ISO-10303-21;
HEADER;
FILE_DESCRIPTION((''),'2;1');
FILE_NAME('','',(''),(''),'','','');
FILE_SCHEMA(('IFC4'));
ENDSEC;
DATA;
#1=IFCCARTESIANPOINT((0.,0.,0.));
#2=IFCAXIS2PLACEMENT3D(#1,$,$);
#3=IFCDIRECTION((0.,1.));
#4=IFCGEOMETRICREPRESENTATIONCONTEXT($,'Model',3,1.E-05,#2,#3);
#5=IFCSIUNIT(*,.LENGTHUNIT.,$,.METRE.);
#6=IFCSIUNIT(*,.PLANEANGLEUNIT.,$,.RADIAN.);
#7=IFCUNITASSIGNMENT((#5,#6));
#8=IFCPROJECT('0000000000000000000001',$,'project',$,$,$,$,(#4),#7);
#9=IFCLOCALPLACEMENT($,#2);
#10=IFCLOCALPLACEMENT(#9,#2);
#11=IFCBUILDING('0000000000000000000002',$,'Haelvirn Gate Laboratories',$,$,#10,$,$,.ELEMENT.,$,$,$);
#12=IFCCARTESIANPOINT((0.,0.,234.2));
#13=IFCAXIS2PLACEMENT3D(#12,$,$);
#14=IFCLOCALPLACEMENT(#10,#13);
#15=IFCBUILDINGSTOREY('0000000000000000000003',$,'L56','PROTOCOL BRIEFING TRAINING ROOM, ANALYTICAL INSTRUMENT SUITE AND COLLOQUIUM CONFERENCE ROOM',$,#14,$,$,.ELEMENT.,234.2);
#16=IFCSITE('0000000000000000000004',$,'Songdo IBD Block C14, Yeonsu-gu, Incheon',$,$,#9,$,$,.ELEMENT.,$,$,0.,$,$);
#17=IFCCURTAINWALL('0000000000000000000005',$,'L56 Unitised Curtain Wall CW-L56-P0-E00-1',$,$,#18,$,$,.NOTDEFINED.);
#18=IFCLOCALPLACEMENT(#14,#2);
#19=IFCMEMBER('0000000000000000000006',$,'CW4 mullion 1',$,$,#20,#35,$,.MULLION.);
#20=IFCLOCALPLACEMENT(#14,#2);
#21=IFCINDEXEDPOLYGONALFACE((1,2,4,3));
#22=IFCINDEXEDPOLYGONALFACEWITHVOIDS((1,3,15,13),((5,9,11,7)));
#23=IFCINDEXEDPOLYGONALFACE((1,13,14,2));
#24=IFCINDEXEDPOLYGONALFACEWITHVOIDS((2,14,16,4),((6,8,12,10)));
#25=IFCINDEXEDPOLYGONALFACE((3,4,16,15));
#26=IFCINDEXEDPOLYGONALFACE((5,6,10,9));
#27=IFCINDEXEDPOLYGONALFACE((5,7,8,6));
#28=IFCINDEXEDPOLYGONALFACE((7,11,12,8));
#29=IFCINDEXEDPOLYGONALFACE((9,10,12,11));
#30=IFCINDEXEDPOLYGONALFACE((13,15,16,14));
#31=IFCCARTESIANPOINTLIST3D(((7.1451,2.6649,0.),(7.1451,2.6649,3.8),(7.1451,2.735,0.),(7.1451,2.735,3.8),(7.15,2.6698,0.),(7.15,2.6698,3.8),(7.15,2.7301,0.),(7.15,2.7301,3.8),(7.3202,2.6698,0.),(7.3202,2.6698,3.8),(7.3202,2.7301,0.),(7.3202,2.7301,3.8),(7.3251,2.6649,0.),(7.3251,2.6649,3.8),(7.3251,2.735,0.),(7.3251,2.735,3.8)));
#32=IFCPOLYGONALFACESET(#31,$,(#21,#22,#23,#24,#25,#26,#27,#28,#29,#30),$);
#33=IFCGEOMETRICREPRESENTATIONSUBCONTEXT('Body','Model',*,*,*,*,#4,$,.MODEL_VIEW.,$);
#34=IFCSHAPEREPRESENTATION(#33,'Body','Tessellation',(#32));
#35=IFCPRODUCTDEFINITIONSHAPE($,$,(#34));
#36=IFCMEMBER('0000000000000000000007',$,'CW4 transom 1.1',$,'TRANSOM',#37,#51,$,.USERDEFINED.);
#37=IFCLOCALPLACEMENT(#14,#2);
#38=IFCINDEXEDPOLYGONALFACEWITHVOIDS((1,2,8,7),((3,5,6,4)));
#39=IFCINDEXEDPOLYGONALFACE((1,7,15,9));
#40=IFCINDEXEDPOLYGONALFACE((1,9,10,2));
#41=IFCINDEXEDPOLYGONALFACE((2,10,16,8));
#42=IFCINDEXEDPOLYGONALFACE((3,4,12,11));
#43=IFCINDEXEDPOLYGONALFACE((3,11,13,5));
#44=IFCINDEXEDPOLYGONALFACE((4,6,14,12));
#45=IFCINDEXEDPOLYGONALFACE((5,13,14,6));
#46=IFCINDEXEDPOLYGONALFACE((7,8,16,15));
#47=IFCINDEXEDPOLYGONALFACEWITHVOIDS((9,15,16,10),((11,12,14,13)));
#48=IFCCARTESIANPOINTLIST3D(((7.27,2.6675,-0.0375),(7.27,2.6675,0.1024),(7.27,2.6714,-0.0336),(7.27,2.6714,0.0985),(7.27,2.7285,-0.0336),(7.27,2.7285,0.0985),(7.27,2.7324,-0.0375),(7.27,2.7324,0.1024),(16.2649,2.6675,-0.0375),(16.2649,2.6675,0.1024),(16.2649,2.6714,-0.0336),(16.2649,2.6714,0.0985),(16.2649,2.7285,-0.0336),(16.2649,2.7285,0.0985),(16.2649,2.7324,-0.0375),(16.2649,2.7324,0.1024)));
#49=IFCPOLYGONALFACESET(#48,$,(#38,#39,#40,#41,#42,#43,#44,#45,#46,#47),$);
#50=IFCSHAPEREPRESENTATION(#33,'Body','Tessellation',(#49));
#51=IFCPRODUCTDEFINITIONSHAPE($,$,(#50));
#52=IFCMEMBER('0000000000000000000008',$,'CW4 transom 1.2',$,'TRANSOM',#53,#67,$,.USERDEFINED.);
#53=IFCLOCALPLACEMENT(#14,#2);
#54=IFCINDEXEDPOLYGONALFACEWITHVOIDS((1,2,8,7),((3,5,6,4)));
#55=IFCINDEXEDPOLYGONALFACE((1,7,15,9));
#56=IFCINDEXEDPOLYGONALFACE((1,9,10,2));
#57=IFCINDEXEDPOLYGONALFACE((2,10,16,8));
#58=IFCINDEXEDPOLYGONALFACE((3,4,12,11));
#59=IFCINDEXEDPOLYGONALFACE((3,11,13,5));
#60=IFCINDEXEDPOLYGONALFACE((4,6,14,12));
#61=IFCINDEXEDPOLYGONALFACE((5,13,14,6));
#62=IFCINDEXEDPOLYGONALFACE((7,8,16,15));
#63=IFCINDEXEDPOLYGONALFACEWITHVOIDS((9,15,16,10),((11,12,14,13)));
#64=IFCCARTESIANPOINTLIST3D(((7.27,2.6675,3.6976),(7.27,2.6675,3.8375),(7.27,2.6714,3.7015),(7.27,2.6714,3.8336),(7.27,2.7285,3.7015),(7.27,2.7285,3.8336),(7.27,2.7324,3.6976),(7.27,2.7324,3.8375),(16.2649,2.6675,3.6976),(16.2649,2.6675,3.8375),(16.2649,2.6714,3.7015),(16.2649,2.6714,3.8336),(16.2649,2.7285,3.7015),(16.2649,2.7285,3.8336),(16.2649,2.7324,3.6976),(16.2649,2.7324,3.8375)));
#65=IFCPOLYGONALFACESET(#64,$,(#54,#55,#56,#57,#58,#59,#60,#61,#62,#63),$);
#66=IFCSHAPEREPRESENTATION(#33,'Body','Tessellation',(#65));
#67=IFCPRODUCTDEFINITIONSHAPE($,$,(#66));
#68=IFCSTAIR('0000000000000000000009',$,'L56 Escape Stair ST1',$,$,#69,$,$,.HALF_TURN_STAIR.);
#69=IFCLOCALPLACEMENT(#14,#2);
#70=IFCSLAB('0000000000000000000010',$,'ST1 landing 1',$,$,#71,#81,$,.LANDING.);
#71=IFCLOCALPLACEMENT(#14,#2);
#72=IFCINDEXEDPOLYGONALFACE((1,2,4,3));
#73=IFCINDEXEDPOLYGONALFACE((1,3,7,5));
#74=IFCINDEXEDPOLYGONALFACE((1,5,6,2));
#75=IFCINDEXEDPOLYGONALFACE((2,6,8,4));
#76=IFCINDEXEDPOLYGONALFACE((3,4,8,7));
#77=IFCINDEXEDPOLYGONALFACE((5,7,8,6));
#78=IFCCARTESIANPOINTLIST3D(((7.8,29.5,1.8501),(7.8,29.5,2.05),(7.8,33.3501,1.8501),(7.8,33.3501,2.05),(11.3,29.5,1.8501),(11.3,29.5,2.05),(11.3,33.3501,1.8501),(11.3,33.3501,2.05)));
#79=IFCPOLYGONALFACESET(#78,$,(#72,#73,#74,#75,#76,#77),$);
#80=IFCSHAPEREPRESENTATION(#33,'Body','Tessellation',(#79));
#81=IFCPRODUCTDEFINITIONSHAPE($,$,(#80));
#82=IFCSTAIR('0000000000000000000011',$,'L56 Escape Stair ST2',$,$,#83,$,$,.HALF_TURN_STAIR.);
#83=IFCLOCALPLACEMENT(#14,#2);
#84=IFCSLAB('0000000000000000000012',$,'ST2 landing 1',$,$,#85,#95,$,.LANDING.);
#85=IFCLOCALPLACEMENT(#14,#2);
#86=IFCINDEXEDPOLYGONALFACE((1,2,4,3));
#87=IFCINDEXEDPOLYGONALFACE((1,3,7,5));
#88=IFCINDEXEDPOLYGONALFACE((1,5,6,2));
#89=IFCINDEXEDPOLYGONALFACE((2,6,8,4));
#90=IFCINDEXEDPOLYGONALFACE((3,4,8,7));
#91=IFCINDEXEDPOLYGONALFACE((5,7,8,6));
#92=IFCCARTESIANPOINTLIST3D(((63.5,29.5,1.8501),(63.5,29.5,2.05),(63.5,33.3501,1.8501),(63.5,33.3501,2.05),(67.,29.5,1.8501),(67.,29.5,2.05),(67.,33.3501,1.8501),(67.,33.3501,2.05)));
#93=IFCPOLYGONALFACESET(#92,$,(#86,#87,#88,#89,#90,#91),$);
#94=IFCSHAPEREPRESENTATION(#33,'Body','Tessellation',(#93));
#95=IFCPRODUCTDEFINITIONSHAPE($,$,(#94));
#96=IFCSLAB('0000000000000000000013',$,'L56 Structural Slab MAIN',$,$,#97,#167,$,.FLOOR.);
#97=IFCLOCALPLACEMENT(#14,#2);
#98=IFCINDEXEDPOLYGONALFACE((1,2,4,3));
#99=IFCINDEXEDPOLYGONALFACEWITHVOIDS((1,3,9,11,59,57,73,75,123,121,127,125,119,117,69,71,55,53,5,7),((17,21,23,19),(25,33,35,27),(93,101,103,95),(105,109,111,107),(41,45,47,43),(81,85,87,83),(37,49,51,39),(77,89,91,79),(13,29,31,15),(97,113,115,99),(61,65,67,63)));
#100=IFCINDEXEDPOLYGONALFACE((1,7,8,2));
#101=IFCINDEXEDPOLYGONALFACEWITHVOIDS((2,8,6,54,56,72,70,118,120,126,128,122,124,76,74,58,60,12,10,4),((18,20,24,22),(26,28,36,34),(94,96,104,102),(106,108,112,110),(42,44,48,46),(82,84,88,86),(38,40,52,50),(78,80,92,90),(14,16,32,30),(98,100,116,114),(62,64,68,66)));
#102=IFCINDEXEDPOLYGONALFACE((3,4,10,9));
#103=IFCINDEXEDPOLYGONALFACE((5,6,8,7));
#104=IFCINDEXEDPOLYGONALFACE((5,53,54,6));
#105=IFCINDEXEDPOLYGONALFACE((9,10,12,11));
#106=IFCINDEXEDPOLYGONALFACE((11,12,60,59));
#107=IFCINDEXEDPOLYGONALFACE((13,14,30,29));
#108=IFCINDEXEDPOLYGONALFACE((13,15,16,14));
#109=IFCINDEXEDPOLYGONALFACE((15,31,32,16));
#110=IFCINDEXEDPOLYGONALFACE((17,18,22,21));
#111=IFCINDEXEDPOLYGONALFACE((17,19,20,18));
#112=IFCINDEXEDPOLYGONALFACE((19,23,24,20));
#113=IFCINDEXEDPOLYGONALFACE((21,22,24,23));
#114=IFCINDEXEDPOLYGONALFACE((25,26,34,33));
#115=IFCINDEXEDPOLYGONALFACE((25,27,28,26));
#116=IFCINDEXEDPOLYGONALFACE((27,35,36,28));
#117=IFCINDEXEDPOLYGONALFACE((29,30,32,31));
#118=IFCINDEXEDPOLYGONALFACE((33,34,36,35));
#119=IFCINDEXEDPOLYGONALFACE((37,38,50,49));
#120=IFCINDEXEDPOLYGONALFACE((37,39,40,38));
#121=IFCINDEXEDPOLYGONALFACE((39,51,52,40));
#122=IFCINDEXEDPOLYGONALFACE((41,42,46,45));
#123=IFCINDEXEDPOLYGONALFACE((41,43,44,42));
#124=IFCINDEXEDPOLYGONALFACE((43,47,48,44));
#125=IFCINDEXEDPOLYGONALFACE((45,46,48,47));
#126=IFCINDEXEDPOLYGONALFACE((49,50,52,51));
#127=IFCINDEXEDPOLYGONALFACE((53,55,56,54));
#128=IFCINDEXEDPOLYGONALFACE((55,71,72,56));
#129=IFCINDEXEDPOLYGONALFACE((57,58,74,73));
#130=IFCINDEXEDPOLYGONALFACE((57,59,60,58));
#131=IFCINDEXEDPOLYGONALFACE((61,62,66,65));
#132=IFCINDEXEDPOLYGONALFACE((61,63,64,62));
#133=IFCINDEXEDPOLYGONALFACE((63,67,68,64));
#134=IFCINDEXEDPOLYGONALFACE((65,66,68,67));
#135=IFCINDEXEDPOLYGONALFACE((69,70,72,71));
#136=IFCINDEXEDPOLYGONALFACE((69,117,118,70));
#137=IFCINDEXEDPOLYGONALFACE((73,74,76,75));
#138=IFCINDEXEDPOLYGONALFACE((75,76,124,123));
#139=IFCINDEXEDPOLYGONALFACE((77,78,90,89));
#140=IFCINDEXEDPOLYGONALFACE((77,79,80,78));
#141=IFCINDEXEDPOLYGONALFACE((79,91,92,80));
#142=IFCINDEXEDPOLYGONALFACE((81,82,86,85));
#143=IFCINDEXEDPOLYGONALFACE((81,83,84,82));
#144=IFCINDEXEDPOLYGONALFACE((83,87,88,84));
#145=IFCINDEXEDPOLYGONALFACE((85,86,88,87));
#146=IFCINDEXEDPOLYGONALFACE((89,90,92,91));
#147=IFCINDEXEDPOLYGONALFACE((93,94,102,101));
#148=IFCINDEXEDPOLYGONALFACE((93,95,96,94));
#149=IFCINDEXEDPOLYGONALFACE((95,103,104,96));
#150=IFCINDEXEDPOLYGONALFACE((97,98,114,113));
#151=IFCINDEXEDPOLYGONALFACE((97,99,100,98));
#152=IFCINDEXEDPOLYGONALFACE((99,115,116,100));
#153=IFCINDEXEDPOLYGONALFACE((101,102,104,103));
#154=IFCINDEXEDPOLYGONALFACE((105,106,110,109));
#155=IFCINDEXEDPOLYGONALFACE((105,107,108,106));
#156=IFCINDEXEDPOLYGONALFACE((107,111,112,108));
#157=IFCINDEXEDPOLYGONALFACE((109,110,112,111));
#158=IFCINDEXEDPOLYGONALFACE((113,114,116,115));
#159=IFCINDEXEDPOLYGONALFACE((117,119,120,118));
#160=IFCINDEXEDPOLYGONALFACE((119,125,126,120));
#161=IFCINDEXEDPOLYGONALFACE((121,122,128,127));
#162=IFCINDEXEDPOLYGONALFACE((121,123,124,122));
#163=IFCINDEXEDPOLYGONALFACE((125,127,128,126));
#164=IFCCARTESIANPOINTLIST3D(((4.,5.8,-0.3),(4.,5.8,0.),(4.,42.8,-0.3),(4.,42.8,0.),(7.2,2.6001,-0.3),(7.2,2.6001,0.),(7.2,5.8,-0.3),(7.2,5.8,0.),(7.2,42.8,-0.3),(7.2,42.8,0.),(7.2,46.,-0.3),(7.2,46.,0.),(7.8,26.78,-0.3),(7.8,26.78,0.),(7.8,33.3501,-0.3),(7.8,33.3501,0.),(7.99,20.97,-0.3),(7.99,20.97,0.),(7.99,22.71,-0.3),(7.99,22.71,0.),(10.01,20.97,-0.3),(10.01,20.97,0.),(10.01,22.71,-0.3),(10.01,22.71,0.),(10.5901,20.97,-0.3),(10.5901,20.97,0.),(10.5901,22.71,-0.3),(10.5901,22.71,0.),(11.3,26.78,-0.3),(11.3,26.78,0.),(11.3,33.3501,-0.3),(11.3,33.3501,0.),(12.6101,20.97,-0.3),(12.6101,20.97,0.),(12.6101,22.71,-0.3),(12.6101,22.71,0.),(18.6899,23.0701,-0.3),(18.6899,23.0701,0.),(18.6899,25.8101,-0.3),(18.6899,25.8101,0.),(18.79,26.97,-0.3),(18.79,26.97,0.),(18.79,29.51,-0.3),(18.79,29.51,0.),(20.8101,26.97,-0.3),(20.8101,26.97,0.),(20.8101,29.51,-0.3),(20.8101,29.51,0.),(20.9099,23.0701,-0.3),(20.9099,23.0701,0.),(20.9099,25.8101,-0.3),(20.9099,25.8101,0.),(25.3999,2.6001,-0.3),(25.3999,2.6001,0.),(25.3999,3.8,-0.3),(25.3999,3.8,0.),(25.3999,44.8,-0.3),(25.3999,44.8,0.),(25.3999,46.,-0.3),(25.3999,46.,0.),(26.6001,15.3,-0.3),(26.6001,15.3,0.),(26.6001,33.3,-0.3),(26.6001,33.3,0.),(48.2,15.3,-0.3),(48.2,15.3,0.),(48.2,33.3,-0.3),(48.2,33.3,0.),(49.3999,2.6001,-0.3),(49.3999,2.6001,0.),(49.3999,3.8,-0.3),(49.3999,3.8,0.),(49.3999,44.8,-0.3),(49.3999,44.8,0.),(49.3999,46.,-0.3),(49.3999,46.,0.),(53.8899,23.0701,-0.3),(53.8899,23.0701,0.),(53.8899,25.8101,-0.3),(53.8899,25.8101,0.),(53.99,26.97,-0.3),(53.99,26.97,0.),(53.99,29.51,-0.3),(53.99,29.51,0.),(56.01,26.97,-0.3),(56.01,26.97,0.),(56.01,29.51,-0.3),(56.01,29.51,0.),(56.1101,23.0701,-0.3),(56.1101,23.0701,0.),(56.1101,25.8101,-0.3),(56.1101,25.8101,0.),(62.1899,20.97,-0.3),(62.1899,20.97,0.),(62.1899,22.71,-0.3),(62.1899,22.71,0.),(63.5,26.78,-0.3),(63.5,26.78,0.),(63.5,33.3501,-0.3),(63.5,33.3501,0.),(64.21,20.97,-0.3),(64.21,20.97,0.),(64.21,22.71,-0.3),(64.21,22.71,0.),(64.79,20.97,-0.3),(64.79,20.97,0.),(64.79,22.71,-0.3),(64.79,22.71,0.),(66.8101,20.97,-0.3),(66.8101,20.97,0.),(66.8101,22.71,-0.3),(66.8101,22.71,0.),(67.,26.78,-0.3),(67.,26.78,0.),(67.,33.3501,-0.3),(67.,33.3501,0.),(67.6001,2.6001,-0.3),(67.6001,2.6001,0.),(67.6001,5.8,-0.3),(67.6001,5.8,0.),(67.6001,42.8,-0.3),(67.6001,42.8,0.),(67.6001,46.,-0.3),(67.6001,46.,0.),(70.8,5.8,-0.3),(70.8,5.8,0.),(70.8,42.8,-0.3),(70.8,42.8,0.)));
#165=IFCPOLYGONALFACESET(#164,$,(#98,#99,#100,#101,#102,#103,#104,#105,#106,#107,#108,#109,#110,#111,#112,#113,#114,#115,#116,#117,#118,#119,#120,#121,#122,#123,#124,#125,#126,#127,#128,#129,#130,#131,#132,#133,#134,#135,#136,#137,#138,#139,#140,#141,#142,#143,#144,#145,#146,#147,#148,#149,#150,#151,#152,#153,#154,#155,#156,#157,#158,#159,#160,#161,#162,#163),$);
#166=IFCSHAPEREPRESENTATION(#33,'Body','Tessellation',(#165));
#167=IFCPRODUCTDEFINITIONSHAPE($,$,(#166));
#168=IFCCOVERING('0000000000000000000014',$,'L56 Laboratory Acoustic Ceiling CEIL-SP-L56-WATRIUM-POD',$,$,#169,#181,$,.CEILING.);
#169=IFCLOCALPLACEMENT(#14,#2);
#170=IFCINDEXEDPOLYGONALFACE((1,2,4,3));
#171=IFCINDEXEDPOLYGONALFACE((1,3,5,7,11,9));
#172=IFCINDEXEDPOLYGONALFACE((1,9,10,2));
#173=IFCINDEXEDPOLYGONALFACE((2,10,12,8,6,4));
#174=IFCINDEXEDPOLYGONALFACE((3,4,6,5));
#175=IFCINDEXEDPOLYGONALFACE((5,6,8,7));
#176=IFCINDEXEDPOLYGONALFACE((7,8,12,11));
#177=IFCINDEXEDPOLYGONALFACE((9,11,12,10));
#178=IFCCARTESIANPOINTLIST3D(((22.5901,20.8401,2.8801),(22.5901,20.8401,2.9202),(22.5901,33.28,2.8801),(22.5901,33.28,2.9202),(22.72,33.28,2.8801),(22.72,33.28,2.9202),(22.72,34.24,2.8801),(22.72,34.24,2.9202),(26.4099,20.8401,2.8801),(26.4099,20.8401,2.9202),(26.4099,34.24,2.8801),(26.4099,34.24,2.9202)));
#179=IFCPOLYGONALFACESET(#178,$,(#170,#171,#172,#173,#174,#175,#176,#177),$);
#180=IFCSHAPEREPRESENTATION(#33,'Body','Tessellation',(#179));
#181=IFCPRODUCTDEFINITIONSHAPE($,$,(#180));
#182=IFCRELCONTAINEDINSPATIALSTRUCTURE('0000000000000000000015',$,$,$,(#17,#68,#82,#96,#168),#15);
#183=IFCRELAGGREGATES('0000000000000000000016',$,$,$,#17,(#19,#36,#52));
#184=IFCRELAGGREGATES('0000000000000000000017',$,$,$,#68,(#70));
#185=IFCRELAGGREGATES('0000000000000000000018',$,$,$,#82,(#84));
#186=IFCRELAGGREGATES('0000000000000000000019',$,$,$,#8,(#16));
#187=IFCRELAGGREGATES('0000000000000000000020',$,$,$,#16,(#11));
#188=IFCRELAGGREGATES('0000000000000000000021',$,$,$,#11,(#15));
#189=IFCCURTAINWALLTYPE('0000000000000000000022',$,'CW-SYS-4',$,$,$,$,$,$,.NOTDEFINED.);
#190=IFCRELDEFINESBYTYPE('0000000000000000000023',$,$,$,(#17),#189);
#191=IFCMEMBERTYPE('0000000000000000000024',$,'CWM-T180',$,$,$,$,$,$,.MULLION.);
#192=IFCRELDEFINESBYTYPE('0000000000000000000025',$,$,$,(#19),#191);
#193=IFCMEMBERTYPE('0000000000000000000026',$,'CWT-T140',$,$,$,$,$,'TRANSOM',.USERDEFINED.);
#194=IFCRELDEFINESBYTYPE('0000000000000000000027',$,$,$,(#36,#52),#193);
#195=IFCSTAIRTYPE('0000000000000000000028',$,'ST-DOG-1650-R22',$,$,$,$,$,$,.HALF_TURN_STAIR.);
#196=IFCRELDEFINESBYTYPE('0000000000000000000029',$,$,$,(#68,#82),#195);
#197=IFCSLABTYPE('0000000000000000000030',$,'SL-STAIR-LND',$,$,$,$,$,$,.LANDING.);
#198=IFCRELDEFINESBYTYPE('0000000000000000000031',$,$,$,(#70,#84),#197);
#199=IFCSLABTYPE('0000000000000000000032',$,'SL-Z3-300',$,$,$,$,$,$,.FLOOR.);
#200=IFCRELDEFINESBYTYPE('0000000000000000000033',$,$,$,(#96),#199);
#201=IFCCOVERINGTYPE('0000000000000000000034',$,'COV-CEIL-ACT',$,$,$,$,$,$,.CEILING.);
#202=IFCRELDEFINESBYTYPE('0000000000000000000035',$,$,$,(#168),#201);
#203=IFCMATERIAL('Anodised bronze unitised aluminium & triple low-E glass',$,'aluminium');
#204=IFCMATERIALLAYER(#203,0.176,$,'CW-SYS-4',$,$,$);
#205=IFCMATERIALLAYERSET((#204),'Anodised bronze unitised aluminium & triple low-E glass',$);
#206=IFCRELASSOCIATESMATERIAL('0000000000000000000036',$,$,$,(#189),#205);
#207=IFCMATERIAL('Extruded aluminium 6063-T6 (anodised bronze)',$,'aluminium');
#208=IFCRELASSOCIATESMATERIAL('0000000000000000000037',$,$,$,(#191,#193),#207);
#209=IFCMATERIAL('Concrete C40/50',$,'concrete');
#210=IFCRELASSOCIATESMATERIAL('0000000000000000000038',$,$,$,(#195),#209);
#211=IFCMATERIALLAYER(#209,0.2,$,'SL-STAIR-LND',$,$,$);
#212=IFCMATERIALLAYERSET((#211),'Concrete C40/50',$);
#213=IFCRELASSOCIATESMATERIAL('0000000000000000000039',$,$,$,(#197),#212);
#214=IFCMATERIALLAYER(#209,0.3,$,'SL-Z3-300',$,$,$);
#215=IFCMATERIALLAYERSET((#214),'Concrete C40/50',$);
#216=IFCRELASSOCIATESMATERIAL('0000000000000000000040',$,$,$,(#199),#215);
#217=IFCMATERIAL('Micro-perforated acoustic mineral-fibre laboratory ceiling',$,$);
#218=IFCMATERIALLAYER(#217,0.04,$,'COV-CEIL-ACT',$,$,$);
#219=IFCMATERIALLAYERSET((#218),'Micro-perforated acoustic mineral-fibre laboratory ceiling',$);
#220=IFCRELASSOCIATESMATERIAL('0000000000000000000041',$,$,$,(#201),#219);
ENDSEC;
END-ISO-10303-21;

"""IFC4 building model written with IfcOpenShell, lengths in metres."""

from ifc_helpers import new_model, si_unit, direction, frame, origin, origin_2d, place, context, subcontext, project, spatial, polyline, hollow_rectangle, outline, extrude, source, transform, mapped, material, layer, layer_set, material_profile, profile_set, type_object, type_shapes, element, aggregate, save


model = new_model("IFC4")

# Units and contexts
model_context = context("Model", 3, precision=1e-05, world=origin(), true_north=direction((0.0, 1.0)))
body_context = subcontext(model_context, "Body", "Model", "MODEL_VIEW")
ifc_project = project(units=[si_unit("LENGTHUNIT", "METRE"), si_unit("PLANEANGLEUNIT", "RADIAN")], contexts=[model_context])

# Site, building, storey
site_placement = place(None, origin())
site = spatial("IfcSite", under=ifc_project, at=site_placement, Name="Songdo IBD Block C14, Yeonsu-gu, Incheon", CompositionType="ELEMENT", RefElevation=0.0)
building_placement = place(site_placement, origin())
building = spatial("IfcBuilding", under=site, at=building_placement, Name="Haelvirn Gate Laboratories", CompositionType="ELEMENT")
storey_placement = place(building_placement, frame((0.0, 0.0, 234.2)))
storey = spatial("IfcBuildingStorey", under=building, at=storey_placement, Name="L56", Description="PROTOCOL BRIEFING TRAINING ROOM, ANALYTICAL INSTRUMENT SUITE AND COLLOQUIUM CONFERENCE ROOM", CompositionType="ELEMENT", Elevation=234.2)

# Curtain wall, members
ifc_material_1 = material(Name="Anodised bronze unitised aluminium & triple low-E glass", Category="aluminium")
ifc_layer_1 = layer(ifc_material_1, 0.176, Name="CW-SYS-4")
ifc_layer_set_1 = layer_set([ifc_layer_1], Name="Anodised bronze unitised aluminium & triple low-E glass")
curtain_wall_type = type_object("IfcCurtainWallType", Name="CW-SYS-4", PredefinedType="NOTDEFINED", material=ifc_layer_set_1)
curtain_wall_placement = place(storey_placement, origin())
curtain_wall = element("IfcCurtainWall", 1, at=curtain_wall_placement, inside=storey, type_object=curtain_wall_type, Name="L56 Unitised Curtain Wall CW-L56-P0-E00-1", PredefinedType="NOTDEFINED")
ifc_material_2 = material(Name="Extruded aluminium 6063-T6 (anodised bronze)", Category="aluminium")
ifc_material_profile_1 = material_profile(ifc_material_2, hollow_rectangle(XDim=0.0701, YDim=0.1799, WallThickness=0.0049, at=origin_2d()), Name="CWM-180x70x5")
ifc_profile_set_1 = profile_set([ifc_material_profile_1], Name="Extruded aluminium 6063-T6 (anodised bronze)")
member_type_1 = type_object("IfcMemberType", Name="CWM-T180", PredefinedType="MULLION", material=ifc_profile_set_1)
shared_shape_1 = source(origin(), body_context, "Body", "SweptSolid", [
    extrude(hollow_rectangle(XDim=0.0701, YDim=0.1799, WallThickness=0.0049, at=origin_2d()), origin(), (0.0, 0.0, 1.0), 3.8),
])
type_shapes(member_type_1, [shared_shape_1])
member_1_placement = place(storey_placement, frame((7.2351, 2.7, 0.0), z_axis=(0.0, 0.0, 1.0), x_axis=(0.0, 1.0, 0.0)))
member_1 = element("IfcMember", 2, at=member_1_placement, type_object=member_type_1, Name="CW4 mullion 1", PredefinedType="MULLION", context=body_context, shape_type="MappedRepresentation", body=[
    mapped(shared_shape_1, transform((0.0, 0.0, 0.0), scale=1.0)),
])
ifc_material_profile_2 = material_profile(ifc_material_2, hollow_rectangle(XDim=0.0649, YDim=0.1399, WallThickness=0.0039, at=origin_2d()), Name="CWT-140x65x4")
ifc_profile_set_2 = profile_set([ifc_material_profile_2], Name="Extruded aluminium 6063-T6 (anodised bronze)")
member_type_2 = type_object("IfcMemberType", Name="CWT-T140", ElementType="TRANSOM", PredefinedType="USERDEFINED", material=ifc_profile_set_2)
shared_shape_2 = source(origin(), body_context, "Body", "SweptSolid", [
    extrude(hollow_rectangle(XDim=0.0649, YDim=0.1399, WallThickness=0.0039, at=origin_2d()), origin(), (0.0, 0.0, 1.0), 8.9949),
])
type_shapes(member_type_2, [shared_shape_2])
member_2_placement = place(storey_placement, frame((7.27, 2.7, 0.0325), z_axis=(1.0, 0.0, 0.0), x_axis=(0.0, 1.0, 0.0)))
member_2 = element("IfcMember", 3, at=member_2_placement, type_object=member_type_2, Name="CW4 transom 1.1", ObjectType="TRANSOM", PredefinedType="USERDEFINED", context=body_context, shape_type="MappedRepresentation", body=[
    mapped(shared_shape_2, transform((0.0, 0.0, 0.0), scale=1.0)),
])
member_3_placement = place(storey_placement, frame((7.27, 2.7, 3.7676), z_axis=(1.0, 0.0, 0.0), x_axis=(0.0, 1.0, 0.0)))
member_3 = element("IfcMember", 4, at=member_3_placement, type_object=member_type_2, Name="CW4 transom 1.2", ObjectType="TRANSOM", PredefinedType="USERDEFINED", context=body_context, shape_type="MappedRepresentation", body=[
    mapped(shared_shape_2, transform((0.0, 0.0, 0.0), scale=1.0)),
])
aggregate(curtain_wall, [member_1, member_2, member_3])

# Stairs, slabs
ifc_material_3 = material(Name="Concrete C40/50", Category="concrete")
stair_type = type_object("IfcStairType", Name="ST-DOG-1650-R22", PredefinedType="HALF_TURN_STAIR", material=ifc_material_3)
stair_1_placement = place(storey_placement, origin())
stair_1 = element("IfcStair", 5, at=stair_1_placement, inside=storey, type_object=stair_type, Name="L56 Escape Stair ST1", PredefinedType="HALF_TURN_STAIR")
ifc_layer_2 = layer(ifc_material_3, 0.2, Name="SL-STAIR-LND")
ifc_layer_set_2 = layer_set([ifc_layer_2], Name="Concrete C40/50")
slab_type_1 = type_object("IfcSlabType", Name="SL-STAIR-LND", PredefinedType="LANDING", material=ifc_layer_set_2)
slab_1_placement = place(storey_placement, frame((0.0, 0.0, 1.8501)))
slab_1 = element("IfcSlab", 6, at=slab_1_placement, type_object=slab_type_1, Name="ST1 landing 1", PredefinedType="LANDING", context=body_context, shape_type="SweptSolid", body=[
    extrude(outline(polyline([(11.3, 29.5), (11.3, 33.3501), (7.8, 33.3501), (7.8, 29.5), (11.3, 29.5)])), origin(), (0.0, 0.0, 1.0), 0.2),
])
aggregate(stair_1, [slab_1])
stair_2_placement = place(storey_placement, origin())
stair_2 = element("IfcStair", 7, at=stair_2_placement, inside=storey, type_object=stair_type, Name="L56 Escape Stair ST2", PredefinedType="HALF_TURN_STAIR")
slab_2_placement = place(storey_placement, frame((0.0, 0.0, 1.8501)))
slab_2 = element("IfcSlab", 8, at=slab_2_placement, type_object=slab_type_1, Name="ST2 landing 1", PredefinedType="LANDING", context=body_context, shape_type="SweptSolid", body=[
    extrude(outline(polyline([(67.0, 29.5), (67.0, 33.3501), (63.5, 33.3501), (63.5, 29.5), (67.0, 29.5)])), origin(), (0.0, 0.0, 1.0), 0.2),
])
aggregate(stair_2, [slab_2])

# Slab
ifc_layer_3 = layer(ifc_material_3, 0.3, Name="SL-Z3-300")
ifc_layer_set_3 = layer_set([ifc_layer_3], Name="Concrete C40/50")
slab_type_2 = type_object("IfcSlabType", Name="SL-Z3-300", PredefinedType="FLOOR", material=ifc_layer_set_3)
slab_3_placement = place(storey_placement, frame((0.0, 0.0, -0.3)))
element("IfcSlab", 9, at=slab_3_placement, inside=storey, type_object=slab_type_2, Name="L56 Structural Slab MAIN", PredefinedType="FLOOR", context=body_context, shape_type="SweptSolid", body=[
    extrude(outline(polyline([(7.2, 2.6001), (25.3999, 2.6001), (25.3999, 3.8), (49.3999, 3.8), (49.3999, 2.6001), (67.6001, 2.6001), (67.6001, 5.8), (70.8, 5.8), (70.8, 42.8), (67.6001, 42.8), (67.6001, 46.0), (49.3999, 46.0), (49.3999, 44.8), (25.3999, 44.8), (25.3999, 46.0), (7.2, 46.0), (7.2, 42.8), (4.0, 42.8), (4.0, 5.8), (7.2, 5.8), (7.2, 2.6001)]), holes=[polyline([(26.6001, 15.3), (48.2, 15.3), (48.2, 33.3), (26.6001, 33.3), (26.6001, 15.3)]), polyline([(11.3, 26.78), (11.3, 33.3501), (7.8, 33.3501), (7.8, 26.78), (11.3, 26.78)]), polyline([(67.0, 26.78), (67.0, 33.3501), (63.5, 33.3501), (63.5, 26.78), (67.0, 26.78)]), polyline([(7.99, 20.97), (10.01, 20.97), (10.01, 22.71), (7.99, 22.71), (7.99, 20.97)]), polyline([(10.5901, 20.97), (12.6101, 20.97), (12.6101, 22.71), (10.5901, 22.71), (10.5901, 20.97)]), polyline([(18.79, 26.97), (20.8101, 26.97), (20.8101, 29.51), (18.79, 29.51), (18.79, 26.97)]), polyline([(18.6899, 23.0701), (20.9099, 23.0701), (20.9099, 25.8101), (18.6899, 25.8101), (18.6899, 23.0701)]), polyline([(64.79, 20.97), (66.8101, 20.97), (66.8101, 22.71), (64.79, 22.71), (64.79, 20.97)]), polyline([(62.1899, 20.97), (64.21, 20.97), (64.21, 22.71), (62.1899, 22.71), (62.1899, 20.97)]), polyline([(53.99, 26.97), (56.01, 26.97), (56.01, 29.51), (53.99, 29.51), (53.99, 26.97)]), polyline([(53.8899, 23.0701), (56.1101, 23.0701), (56.1101, 25.8101), (53.8899, 25.8101), (53.8899, 23.0701)])]), origin(), (0.0, 0.0, 1.0), 0.3),
])

# Covering
ifc_material_4 = material(Name="Micro-perforated acoustic mineral-fibre laboratory ceiling")
ifc_layer_4 = layer(ifc_material_4, 0.04, Name="COV-CEIL-ACT")
ifc_layer_set_4 = layer_set([ifc_layer_4], Name="Micro-perforated acoustic mineral-fibre laboratory ceiling")
covering_type = type_object("IfcCoveringType", Name="COV-CEIL-ACT", PredefinedType="CEILING", material=ifc_layer_set_4)
covering_1_placement = place(storey_placement, frame((0.0, 0.0, 2.8801)))
element("IfcCovering", 10, at=covering_1_placement, inside=storey, type_object=covering_type, Name="L56 Laboratory Acoustic Ceiling CEIL-SP-L56-WATRIUM-POD", PredefinedType="CEILING", context=body_context, shape_type="SweptSolid", body=[
    extrude(outline(polyline([(26.4099, 34.24), (26.4099, 20.8401), (22.5901, 20.8401), (22.5901, 33.28), (22.72, 33.28), (22.72, 34.24), (26.4099, 34.24)])), origin(), (0.0, 0.0, 1.0), 0.04),
])

save(model, "model.ifc")
